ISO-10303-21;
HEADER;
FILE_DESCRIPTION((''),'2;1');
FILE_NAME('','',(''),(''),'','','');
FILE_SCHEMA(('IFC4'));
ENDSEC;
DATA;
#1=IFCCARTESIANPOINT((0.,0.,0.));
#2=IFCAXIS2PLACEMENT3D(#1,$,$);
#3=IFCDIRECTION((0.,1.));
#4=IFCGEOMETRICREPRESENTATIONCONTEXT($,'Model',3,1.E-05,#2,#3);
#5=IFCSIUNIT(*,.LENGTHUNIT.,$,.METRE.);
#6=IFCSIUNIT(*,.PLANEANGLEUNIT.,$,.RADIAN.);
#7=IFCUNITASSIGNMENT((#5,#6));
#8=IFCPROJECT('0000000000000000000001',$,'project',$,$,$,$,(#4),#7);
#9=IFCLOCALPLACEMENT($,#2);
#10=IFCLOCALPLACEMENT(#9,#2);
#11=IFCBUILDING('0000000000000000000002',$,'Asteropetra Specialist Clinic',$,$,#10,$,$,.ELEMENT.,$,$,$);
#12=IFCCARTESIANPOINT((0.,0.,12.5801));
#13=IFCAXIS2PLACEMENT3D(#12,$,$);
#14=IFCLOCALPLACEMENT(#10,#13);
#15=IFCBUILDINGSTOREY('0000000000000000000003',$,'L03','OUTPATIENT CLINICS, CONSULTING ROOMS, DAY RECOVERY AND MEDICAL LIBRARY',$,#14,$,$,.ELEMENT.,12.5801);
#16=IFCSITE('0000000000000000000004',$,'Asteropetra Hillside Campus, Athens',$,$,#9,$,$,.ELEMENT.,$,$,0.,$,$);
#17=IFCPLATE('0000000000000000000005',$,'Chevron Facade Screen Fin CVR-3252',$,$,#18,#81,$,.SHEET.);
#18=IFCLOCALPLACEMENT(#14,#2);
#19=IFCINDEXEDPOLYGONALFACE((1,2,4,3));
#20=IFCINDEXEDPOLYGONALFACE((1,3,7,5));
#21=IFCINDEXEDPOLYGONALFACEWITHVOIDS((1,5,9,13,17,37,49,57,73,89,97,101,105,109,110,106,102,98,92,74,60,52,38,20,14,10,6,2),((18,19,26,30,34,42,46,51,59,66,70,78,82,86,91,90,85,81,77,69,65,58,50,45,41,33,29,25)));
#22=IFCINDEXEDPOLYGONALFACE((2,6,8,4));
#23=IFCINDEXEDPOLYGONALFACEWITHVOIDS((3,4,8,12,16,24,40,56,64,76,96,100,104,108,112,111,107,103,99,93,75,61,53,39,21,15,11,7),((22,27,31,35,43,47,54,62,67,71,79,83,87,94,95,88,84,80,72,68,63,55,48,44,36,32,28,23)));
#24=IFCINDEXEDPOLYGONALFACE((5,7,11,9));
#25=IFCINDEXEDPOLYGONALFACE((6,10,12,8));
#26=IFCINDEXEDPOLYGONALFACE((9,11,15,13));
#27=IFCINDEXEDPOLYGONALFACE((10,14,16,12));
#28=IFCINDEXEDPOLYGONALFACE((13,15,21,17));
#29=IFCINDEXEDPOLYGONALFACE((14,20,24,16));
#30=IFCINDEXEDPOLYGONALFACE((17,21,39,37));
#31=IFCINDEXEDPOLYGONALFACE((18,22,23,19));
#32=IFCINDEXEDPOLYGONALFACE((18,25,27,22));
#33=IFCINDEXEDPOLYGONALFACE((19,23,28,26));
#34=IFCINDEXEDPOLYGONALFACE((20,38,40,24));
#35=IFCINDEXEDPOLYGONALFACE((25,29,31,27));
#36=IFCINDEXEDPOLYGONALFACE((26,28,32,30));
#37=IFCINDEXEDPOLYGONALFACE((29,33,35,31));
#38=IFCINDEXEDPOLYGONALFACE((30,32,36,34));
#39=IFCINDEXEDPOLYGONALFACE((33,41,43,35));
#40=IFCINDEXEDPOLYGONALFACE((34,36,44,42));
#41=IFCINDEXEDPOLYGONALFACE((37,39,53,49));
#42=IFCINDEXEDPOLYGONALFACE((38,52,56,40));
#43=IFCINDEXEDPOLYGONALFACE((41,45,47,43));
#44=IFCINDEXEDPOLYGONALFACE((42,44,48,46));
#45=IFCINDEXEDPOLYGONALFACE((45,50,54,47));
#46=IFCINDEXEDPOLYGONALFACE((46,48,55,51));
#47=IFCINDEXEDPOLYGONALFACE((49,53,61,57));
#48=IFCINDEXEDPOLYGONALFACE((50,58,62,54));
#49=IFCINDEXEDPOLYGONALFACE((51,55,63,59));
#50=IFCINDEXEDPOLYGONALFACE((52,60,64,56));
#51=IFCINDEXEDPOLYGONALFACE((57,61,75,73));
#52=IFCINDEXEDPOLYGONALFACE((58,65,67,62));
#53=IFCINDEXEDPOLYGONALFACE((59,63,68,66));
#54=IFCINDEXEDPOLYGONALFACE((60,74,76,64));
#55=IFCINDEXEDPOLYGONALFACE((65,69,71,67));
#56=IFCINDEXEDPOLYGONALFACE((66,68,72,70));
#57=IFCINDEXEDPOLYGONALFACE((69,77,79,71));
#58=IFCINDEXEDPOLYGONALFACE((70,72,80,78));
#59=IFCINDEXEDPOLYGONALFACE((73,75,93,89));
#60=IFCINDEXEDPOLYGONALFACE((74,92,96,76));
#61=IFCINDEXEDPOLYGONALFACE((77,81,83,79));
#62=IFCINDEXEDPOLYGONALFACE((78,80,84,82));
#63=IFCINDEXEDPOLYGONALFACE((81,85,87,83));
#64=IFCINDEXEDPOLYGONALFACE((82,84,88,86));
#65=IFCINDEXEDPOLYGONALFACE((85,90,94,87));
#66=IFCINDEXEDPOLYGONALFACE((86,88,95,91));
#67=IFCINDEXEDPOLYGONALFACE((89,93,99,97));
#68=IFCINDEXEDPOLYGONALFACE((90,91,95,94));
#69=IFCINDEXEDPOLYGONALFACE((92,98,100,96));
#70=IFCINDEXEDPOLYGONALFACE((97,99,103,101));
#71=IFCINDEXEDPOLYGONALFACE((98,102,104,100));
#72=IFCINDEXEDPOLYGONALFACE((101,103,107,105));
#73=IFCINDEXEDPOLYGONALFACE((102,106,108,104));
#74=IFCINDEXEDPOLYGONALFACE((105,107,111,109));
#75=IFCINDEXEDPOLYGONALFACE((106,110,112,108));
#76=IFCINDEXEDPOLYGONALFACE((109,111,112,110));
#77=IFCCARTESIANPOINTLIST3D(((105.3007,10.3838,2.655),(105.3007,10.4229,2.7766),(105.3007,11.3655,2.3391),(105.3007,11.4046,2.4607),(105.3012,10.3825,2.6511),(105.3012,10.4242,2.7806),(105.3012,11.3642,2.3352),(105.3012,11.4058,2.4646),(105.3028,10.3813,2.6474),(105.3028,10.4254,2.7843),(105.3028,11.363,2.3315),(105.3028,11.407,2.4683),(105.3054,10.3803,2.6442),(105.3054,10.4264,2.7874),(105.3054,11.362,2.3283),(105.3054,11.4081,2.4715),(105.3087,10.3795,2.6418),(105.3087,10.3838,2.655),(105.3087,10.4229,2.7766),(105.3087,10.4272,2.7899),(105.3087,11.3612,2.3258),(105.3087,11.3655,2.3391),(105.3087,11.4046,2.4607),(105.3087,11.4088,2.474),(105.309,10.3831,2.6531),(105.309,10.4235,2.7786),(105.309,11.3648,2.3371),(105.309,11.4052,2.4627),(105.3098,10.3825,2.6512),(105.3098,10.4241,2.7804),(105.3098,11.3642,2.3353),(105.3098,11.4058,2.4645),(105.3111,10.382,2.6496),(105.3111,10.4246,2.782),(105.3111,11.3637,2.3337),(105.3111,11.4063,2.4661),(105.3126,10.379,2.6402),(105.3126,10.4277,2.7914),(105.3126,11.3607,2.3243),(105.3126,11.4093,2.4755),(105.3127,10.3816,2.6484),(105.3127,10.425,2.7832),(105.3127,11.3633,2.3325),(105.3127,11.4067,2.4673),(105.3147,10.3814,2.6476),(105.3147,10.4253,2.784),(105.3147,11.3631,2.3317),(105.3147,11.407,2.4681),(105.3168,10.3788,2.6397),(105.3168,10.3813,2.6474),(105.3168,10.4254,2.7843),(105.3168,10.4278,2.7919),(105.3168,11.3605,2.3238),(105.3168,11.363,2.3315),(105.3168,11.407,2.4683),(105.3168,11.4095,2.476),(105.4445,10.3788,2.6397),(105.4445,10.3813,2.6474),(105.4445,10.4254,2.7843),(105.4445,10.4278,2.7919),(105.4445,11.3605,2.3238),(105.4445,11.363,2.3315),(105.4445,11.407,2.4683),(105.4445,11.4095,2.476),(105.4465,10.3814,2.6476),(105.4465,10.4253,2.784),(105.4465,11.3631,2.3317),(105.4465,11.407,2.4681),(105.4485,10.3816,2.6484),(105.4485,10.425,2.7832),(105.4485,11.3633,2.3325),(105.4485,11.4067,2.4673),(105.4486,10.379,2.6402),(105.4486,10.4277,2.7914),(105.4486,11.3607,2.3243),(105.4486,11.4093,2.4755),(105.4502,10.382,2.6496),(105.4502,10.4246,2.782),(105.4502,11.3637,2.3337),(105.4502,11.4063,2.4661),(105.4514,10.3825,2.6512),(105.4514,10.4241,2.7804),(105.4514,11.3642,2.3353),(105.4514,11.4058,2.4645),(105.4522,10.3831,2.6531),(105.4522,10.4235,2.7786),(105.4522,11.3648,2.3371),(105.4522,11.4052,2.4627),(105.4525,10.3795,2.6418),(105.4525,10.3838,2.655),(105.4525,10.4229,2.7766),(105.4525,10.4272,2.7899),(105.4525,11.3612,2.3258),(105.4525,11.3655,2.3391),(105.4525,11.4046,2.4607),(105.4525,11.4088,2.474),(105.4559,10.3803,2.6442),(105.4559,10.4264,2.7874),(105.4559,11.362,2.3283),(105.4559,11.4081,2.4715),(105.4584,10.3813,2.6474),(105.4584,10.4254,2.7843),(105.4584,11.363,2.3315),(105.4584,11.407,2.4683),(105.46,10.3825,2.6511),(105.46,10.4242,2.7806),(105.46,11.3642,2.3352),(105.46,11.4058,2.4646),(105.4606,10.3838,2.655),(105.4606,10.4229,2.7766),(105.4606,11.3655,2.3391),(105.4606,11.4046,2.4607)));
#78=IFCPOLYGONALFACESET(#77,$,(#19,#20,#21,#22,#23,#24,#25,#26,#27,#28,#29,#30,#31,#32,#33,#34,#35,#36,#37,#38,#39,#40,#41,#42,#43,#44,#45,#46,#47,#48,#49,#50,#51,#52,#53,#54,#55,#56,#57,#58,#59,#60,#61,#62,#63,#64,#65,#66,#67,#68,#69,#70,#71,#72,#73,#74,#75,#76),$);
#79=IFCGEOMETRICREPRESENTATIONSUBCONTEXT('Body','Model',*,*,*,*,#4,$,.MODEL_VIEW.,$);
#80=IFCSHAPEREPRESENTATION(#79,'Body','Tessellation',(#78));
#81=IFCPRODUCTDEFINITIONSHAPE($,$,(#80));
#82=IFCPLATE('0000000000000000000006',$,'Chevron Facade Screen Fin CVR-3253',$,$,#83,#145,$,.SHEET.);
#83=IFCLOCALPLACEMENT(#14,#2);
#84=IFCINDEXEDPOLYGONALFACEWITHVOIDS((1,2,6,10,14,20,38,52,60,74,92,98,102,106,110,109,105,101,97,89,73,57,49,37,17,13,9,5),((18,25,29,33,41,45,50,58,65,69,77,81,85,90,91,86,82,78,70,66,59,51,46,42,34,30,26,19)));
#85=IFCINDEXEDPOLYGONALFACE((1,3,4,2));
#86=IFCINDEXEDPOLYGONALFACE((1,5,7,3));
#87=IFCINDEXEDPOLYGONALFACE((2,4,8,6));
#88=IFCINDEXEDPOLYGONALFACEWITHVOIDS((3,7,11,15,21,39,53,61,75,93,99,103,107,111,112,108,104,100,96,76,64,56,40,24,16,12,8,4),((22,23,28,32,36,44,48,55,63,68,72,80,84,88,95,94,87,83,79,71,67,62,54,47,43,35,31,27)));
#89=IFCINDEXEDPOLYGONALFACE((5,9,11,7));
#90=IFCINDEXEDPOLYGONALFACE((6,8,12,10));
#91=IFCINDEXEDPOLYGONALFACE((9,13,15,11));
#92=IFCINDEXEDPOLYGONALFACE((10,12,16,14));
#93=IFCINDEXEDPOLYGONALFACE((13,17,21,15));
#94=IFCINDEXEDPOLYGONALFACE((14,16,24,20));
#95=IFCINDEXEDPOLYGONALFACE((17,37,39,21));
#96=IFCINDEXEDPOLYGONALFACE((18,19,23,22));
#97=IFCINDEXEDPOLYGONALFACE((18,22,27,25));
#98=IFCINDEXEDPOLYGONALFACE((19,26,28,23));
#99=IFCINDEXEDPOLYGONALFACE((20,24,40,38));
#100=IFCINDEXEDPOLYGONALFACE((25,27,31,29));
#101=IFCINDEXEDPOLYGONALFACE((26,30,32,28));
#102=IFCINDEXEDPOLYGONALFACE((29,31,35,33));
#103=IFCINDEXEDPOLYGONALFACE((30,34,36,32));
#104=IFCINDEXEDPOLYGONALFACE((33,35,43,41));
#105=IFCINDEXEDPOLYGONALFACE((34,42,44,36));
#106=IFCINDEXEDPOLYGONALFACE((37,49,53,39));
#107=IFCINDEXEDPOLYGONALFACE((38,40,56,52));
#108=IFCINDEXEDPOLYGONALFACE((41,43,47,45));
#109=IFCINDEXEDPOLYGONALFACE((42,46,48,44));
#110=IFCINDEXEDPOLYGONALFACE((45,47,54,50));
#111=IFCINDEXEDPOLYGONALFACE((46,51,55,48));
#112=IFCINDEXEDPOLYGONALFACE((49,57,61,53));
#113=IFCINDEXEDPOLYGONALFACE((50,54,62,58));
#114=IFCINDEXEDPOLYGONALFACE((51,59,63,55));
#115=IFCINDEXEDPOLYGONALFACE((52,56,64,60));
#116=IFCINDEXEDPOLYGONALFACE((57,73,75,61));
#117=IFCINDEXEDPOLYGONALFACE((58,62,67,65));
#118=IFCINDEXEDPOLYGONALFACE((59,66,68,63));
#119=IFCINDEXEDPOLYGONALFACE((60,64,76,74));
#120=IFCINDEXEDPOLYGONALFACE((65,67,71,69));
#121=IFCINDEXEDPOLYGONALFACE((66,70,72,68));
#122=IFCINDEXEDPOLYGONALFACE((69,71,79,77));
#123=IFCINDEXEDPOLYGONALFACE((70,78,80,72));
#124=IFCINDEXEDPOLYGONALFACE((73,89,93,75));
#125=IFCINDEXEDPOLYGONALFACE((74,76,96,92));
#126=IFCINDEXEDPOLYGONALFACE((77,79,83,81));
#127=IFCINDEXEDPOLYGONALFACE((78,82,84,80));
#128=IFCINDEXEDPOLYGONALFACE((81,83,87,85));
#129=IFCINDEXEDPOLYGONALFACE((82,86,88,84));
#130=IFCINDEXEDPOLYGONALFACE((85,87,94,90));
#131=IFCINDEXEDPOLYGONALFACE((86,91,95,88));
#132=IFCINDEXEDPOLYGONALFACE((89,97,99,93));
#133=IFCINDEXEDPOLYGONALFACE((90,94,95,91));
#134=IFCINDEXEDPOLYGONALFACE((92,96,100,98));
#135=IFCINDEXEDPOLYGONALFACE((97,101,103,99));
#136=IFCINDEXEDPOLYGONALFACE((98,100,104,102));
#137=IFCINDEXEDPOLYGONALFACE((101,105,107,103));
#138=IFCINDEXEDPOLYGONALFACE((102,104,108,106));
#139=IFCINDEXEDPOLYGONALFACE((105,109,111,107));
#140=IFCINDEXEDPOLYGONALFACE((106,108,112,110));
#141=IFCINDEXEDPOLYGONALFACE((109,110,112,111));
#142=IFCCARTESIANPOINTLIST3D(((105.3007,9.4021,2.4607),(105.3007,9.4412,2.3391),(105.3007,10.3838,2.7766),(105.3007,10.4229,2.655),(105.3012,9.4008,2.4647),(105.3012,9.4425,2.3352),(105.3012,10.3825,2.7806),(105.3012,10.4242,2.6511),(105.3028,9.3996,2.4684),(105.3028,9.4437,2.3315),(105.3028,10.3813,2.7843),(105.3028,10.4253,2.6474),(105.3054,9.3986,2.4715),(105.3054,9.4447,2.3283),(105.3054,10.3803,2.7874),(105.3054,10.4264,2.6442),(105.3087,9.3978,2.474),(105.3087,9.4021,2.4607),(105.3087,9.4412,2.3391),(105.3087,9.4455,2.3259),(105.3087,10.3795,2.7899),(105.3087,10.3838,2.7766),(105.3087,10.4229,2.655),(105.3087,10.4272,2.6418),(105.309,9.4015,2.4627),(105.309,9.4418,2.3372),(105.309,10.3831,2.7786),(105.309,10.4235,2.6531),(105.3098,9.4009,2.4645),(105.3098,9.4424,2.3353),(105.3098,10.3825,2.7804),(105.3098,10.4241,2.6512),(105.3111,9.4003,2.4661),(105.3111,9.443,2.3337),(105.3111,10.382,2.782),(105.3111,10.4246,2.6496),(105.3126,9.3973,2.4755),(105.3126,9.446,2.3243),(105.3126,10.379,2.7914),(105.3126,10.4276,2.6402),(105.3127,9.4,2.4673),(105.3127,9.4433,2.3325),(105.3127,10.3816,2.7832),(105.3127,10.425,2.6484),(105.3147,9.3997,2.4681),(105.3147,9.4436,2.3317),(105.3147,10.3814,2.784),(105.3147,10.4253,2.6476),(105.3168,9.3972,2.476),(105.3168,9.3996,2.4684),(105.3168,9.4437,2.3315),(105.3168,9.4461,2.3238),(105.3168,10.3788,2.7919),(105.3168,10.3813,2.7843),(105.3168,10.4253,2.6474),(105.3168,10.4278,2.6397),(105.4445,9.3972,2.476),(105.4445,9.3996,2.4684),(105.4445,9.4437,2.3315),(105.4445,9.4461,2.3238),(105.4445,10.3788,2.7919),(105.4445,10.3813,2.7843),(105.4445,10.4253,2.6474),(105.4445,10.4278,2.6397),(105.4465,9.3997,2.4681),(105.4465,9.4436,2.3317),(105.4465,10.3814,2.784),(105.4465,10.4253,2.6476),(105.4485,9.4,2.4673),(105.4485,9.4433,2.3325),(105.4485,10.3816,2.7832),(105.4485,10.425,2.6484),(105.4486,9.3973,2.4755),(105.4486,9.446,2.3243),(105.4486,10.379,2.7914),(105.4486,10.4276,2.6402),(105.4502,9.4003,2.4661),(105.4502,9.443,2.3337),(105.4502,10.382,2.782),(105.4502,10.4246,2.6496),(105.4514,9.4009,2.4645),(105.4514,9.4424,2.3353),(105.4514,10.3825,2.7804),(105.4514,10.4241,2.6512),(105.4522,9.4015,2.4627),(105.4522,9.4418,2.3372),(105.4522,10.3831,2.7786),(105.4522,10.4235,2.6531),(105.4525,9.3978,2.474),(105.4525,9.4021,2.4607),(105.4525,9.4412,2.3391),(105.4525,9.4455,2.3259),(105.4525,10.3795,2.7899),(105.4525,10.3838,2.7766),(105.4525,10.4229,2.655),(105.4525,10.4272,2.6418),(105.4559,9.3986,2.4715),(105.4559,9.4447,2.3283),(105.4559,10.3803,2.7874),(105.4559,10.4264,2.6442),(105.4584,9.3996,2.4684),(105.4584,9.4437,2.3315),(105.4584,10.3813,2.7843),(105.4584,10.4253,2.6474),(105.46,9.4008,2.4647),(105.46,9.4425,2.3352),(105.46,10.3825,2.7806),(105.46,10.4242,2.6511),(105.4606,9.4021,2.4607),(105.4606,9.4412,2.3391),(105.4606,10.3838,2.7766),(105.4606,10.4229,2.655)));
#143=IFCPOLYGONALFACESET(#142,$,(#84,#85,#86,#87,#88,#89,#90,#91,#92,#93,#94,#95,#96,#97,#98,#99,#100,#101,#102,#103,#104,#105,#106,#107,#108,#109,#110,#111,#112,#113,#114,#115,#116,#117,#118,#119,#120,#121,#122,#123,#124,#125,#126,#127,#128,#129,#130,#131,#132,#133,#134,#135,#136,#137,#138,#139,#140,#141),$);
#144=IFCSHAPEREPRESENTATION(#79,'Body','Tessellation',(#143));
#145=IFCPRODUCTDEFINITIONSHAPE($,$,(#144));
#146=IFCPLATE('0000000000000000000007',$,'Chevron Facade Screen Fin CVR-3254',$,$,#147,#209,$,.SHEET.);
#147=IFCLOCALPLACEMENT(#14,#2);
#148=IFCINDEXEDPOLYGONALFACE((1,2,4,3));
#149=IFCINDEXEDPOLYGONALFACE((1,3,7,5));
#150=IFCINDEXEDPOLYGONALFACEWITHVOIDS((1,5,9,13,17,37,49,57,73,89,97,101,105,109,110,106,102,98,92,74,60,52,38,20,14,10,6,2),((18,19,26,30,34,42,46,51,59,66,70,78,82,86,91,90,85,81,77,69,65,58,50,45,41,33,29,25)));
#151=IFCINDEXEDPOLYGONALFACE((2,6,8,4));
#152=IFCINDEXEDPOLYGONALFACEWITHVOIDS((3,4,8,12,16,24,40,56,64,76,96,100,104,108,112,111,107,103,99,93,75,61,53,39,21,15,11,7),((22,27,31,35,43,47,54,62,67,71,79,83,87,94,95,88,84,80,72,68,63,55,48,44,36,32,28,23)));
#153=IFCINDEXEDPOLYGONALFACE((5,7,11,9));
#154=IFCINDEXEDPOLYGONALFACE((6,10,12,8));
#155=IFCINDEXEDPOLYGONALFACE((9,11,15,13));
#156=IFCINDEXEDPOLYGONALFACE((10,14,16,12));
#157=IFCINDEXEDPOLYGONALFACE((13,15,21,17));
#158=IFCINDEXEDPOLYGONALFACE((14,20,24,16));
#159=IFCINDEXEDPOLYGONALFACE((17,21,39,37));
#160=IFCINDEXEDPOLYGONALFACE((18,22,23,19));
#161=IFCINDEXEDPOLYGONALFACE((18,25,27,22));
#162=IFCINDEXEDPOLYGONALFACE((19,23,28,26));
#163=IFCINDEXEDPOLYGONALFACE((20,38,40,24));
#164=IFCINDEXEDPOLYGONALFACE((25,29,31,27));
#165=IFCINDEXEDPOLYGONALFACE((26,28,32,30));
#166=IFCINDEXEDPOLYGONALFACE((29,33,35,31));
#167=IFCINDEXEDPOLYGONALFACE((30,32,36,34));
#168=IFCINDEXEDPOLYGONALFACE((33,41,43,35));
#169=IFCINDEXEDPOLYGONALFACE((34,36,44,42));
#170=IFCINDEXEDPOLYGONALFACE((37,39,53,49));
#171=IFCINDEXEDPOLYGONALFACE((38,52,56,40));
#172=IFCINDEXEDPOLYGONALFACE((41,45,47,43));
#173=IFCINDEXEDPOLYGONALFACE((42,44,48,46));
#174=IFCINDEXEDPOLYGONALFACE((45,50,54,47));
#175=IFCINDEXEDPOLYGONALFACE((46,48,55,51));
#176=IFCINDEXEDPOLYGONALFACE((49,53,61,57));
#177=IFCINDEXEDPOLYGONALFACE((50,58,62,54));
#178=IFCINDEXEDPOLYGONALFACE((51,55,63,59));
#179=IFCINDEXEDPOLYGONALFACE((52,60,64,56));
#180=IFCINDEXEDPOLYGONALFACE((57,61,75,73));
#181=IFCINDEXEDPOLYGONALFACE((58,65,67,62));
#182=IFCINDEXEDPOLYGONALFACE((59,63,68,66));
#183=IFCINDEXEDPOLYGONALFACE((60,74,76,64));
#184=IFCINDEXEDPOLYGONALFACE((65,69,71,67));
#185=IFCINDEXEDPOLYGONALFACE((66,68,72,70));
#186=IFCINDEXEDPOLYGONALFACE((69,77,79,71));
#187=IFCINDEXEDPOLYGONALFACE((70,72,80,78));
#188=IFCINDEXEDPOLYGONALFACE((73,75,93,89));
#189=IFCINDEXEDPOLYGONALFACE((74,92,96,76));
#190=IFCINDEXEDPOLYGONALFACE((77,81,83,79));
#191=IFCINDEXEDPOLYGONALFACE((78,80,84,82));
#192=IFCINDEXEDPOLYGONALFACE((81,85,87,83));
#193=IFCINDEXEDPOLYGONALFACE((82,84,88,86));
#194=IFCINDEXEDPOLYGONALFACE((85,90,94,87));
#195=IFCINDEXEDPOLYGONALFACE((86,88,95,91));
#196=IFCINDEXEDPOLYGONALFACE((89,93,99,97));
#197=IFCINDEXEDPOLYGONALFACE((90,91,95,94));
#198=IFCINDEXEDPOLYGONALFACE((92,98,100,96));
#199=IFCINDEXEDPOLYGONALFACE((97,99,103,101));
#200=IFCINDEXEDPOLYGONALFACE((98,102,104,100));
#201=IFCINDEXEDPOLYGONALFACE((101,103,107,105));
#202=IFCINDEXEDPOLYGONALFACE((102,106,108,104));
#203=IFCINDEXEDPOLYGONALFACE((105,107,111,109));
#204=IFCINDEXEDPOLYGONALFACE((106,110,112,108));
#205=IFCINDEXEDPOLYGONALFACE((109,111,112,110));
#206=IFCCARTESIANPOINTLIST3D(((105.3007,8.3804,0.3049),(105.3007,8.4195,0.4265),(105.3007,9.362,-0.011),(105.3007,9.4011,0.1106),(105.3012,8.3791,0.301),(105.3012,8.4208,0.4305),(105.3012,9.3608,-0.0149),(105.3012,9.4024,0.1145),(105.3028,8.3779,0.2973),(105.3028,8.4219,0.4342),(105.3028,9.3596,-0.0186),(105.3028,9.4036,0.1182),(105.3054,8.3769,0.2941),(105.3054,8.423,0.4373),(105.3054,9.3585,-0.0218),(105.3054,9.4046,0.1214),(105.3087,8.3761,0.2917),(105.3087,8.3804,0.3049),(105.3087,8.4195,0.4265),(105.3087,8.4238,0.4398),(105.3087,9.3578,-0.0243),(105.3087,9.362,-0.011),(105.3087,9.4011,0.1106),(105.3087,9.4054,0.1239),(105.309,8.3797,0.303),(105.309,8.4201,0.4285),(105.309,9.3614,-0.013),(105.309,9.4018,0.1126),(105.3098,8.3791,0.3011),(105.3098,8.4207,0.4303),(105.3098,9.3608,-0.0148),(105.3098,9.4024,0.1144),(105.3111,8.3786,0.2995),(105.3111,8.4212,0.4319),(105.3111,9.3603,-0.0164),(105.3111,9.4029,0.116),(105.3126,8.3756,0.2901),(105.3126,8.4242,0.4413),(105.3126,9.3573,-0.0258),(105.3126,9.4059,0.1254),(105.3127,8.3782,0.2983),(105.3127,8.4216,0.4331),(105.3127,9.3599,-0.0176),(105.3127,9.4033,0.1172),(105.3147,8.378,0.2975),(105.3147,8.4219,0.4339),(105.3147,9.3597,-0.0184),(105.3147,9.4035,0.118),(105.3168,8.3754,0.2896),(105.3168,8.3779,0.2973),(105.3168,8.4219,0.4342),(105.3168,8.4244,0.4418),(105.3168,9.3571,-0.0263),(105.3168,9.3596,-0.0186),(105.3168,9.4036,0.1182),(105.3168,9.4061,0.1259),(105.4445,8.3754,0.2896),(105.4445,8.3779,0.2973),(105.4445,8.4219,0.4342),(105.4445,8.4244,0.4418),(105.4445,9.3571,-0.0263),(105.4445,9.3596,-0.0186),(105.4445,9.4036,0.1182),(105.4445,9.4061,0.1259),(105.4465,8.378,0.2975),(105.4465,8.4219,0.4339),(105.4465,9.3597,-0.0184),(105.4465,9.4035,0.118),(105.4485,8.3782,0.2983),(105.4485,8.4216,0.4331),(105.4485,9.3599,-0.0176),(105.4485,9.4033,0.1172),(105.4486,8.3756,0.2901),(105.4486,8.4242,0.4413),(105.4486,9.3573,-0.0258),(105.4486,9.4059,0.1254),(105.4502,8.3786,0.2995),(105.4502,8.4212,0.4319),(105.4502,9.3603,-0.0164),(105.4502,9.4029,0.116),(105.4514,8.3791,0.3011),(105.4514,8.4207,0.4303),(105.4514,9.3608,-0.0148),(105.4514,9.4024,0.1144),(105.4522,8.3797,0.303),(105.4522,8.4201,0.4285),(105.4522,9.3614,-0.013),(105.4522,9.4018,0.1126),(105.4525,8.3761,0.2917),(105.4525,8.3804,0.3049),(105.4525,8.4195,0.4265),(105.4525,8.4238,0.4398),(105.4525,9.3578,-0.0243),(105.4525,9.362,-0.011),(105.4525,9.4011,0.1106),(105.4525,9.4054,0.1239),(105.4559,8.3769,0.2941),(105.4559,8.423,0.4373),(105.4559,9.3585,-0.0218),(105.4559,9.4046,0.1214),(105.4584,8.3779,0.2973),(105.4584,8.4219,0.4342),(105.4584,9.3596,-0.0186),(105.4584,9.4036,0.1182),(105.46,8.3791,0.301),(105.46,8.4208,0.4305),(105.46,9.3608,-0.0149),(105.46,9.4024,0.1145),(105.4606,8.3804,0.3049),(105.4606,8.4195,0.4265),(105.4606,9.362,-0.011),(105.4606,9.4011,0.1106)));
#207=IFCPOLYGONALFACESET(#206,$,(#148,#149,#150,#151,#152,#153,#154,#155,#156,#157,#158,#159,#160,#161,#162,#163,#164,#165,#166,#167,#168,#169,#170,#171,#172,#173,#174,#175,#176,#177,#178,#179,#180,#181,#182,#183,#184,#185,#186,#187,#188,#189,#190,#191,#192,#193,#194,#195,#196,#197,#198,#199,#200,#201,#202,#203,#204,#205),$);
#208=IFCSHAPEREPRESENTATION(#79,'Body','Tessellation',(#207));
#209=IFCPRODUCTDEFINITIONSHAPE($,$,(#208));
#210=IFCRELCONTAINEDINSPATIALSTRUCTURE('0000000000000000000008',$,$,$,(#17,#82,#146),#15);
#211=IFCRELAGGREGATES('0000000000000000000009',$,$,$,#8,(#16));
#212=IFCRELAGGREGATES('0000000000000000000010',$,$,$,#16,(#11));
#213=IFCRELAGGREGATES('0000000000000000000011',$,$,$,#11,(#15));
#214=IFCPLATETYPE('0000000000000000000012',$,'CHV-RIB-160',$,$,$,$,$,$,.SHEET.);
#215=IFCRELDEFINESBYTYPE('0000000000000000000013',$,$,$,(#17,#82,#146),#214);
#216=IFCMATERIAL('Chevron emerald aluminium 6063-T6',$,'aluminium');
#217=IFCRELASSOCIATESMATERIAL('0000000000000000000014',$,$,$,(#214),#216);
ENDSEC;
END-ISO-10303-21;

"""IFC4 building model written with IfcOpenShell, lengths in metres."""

from ifc_helpers import new_model, si_unit, direction, frame, origin, origin_2d, place, context, subcontext, project, spatial, hollow_rectangle, extrude, material, material_profile, profile_set, type_object, element, save


model = new_model("IFC4")

# Units and contexts
model_context = context("Model", 3, precision=1e-05, world=origin(), true_north=direction((0.0, 1.0)))
body_context = subcontext(model_context, "Body", "Model", "MODEL_VIEW")
ifc_project = project(units=[si_unit("LENGTHUNIT", "METRE"), si_unit("PLANEANGLEUNIT", "RADIAN")], contexts=[model_context])

# Site, building, storey
site_placement = place(None, origin())
site = spatial("IfcSite", under=ifc_project, at=site_placement, Name="Asteropetra Hillside Campus, Athens", CompositionType="ELEMENT", RefElevation=0.0)
building_placement = place(site_placement, origin())
building = spatial("IfcBuilding", under=site, at=building_placement, Name="Asteropetra Specialist Clinic", CompositionType="ELEMENT")
storey_placement = place(building_placement, frame((0.0, 0.0, 12.5801)))
storey = spatial("IfcBuildingStorey", under=building, at=storey_placement, Name="L03", Description="OUTPATIENT CLINICS, CONSULTING ROOMS, DAY RECOVERY AND MEDICAL LIBRARY", CompositionType="ELEMENT", Elevation=12.5801)

# Plates
ifc_material_1 = material(Name="Chevron emerald aluminium 6063-T6", Category="aluminium")
ifc_material_profile = material_profile(ifc_material_1, hollow_rectangle(XDim=0.1599, YDim=0.1599, WallThickness=0.0081, InnerFilletRadius=0.0081, OuterFilletRadius=0.0161, at=origin_2d()), Name="SHS 160x160x8.0")
ifc_profile_set = profile_set([ifc_material_profile], Name="Chevron emerald aluminium 6063-T6")
plate_type_1 = type_object("IfcPlateType", Name="CHV-RIB-160", PredefinedType="SHEET", material=ifc_profile_set)
for number, where, z_axis, x_axis, name in (
    (1, (105.3806, 11.385, 2.3999), (0.0, -0.951923, 0.306339), (1.0, 0.0, 0.0), "Chevron Facade Screen Fin CVR-3252"),
    (2, (105.3806, 10.4033, 2.7158), (0.0, -0.951923, -0.306339), (1.0, 0.0, 0.0), "Chevron Facade Screen Fin CVR-3253"),
    (3, (105.3806, 9.3816, 0.0498), (0.0, -0.951923, 0.306339), (1.0, 0.0, 0.0), "Chevron Facade Screen Fin CVR-3254"),
):
    element("IfcPlate", number, at=place(storey_placement, frame(where, z_axis=z_axis, x_axis=x_axis)), inside=storey, type_object=plate_type_1, Name=name, PredefinedType="SHEET", context=body_context, shape_type="SweptSolid", body=[
        extrude(hollow_rectangle(XDim=0.1599, YDim=0.1599, WallThickness=0.0081, InnerFilletRadius=0.0081, OuterFilletRadius=0.0161, at=origin_2d()), origin(), (0.0, 0.0, 1.0), 1.0312),
    ])

save(model, "model.ifc")
